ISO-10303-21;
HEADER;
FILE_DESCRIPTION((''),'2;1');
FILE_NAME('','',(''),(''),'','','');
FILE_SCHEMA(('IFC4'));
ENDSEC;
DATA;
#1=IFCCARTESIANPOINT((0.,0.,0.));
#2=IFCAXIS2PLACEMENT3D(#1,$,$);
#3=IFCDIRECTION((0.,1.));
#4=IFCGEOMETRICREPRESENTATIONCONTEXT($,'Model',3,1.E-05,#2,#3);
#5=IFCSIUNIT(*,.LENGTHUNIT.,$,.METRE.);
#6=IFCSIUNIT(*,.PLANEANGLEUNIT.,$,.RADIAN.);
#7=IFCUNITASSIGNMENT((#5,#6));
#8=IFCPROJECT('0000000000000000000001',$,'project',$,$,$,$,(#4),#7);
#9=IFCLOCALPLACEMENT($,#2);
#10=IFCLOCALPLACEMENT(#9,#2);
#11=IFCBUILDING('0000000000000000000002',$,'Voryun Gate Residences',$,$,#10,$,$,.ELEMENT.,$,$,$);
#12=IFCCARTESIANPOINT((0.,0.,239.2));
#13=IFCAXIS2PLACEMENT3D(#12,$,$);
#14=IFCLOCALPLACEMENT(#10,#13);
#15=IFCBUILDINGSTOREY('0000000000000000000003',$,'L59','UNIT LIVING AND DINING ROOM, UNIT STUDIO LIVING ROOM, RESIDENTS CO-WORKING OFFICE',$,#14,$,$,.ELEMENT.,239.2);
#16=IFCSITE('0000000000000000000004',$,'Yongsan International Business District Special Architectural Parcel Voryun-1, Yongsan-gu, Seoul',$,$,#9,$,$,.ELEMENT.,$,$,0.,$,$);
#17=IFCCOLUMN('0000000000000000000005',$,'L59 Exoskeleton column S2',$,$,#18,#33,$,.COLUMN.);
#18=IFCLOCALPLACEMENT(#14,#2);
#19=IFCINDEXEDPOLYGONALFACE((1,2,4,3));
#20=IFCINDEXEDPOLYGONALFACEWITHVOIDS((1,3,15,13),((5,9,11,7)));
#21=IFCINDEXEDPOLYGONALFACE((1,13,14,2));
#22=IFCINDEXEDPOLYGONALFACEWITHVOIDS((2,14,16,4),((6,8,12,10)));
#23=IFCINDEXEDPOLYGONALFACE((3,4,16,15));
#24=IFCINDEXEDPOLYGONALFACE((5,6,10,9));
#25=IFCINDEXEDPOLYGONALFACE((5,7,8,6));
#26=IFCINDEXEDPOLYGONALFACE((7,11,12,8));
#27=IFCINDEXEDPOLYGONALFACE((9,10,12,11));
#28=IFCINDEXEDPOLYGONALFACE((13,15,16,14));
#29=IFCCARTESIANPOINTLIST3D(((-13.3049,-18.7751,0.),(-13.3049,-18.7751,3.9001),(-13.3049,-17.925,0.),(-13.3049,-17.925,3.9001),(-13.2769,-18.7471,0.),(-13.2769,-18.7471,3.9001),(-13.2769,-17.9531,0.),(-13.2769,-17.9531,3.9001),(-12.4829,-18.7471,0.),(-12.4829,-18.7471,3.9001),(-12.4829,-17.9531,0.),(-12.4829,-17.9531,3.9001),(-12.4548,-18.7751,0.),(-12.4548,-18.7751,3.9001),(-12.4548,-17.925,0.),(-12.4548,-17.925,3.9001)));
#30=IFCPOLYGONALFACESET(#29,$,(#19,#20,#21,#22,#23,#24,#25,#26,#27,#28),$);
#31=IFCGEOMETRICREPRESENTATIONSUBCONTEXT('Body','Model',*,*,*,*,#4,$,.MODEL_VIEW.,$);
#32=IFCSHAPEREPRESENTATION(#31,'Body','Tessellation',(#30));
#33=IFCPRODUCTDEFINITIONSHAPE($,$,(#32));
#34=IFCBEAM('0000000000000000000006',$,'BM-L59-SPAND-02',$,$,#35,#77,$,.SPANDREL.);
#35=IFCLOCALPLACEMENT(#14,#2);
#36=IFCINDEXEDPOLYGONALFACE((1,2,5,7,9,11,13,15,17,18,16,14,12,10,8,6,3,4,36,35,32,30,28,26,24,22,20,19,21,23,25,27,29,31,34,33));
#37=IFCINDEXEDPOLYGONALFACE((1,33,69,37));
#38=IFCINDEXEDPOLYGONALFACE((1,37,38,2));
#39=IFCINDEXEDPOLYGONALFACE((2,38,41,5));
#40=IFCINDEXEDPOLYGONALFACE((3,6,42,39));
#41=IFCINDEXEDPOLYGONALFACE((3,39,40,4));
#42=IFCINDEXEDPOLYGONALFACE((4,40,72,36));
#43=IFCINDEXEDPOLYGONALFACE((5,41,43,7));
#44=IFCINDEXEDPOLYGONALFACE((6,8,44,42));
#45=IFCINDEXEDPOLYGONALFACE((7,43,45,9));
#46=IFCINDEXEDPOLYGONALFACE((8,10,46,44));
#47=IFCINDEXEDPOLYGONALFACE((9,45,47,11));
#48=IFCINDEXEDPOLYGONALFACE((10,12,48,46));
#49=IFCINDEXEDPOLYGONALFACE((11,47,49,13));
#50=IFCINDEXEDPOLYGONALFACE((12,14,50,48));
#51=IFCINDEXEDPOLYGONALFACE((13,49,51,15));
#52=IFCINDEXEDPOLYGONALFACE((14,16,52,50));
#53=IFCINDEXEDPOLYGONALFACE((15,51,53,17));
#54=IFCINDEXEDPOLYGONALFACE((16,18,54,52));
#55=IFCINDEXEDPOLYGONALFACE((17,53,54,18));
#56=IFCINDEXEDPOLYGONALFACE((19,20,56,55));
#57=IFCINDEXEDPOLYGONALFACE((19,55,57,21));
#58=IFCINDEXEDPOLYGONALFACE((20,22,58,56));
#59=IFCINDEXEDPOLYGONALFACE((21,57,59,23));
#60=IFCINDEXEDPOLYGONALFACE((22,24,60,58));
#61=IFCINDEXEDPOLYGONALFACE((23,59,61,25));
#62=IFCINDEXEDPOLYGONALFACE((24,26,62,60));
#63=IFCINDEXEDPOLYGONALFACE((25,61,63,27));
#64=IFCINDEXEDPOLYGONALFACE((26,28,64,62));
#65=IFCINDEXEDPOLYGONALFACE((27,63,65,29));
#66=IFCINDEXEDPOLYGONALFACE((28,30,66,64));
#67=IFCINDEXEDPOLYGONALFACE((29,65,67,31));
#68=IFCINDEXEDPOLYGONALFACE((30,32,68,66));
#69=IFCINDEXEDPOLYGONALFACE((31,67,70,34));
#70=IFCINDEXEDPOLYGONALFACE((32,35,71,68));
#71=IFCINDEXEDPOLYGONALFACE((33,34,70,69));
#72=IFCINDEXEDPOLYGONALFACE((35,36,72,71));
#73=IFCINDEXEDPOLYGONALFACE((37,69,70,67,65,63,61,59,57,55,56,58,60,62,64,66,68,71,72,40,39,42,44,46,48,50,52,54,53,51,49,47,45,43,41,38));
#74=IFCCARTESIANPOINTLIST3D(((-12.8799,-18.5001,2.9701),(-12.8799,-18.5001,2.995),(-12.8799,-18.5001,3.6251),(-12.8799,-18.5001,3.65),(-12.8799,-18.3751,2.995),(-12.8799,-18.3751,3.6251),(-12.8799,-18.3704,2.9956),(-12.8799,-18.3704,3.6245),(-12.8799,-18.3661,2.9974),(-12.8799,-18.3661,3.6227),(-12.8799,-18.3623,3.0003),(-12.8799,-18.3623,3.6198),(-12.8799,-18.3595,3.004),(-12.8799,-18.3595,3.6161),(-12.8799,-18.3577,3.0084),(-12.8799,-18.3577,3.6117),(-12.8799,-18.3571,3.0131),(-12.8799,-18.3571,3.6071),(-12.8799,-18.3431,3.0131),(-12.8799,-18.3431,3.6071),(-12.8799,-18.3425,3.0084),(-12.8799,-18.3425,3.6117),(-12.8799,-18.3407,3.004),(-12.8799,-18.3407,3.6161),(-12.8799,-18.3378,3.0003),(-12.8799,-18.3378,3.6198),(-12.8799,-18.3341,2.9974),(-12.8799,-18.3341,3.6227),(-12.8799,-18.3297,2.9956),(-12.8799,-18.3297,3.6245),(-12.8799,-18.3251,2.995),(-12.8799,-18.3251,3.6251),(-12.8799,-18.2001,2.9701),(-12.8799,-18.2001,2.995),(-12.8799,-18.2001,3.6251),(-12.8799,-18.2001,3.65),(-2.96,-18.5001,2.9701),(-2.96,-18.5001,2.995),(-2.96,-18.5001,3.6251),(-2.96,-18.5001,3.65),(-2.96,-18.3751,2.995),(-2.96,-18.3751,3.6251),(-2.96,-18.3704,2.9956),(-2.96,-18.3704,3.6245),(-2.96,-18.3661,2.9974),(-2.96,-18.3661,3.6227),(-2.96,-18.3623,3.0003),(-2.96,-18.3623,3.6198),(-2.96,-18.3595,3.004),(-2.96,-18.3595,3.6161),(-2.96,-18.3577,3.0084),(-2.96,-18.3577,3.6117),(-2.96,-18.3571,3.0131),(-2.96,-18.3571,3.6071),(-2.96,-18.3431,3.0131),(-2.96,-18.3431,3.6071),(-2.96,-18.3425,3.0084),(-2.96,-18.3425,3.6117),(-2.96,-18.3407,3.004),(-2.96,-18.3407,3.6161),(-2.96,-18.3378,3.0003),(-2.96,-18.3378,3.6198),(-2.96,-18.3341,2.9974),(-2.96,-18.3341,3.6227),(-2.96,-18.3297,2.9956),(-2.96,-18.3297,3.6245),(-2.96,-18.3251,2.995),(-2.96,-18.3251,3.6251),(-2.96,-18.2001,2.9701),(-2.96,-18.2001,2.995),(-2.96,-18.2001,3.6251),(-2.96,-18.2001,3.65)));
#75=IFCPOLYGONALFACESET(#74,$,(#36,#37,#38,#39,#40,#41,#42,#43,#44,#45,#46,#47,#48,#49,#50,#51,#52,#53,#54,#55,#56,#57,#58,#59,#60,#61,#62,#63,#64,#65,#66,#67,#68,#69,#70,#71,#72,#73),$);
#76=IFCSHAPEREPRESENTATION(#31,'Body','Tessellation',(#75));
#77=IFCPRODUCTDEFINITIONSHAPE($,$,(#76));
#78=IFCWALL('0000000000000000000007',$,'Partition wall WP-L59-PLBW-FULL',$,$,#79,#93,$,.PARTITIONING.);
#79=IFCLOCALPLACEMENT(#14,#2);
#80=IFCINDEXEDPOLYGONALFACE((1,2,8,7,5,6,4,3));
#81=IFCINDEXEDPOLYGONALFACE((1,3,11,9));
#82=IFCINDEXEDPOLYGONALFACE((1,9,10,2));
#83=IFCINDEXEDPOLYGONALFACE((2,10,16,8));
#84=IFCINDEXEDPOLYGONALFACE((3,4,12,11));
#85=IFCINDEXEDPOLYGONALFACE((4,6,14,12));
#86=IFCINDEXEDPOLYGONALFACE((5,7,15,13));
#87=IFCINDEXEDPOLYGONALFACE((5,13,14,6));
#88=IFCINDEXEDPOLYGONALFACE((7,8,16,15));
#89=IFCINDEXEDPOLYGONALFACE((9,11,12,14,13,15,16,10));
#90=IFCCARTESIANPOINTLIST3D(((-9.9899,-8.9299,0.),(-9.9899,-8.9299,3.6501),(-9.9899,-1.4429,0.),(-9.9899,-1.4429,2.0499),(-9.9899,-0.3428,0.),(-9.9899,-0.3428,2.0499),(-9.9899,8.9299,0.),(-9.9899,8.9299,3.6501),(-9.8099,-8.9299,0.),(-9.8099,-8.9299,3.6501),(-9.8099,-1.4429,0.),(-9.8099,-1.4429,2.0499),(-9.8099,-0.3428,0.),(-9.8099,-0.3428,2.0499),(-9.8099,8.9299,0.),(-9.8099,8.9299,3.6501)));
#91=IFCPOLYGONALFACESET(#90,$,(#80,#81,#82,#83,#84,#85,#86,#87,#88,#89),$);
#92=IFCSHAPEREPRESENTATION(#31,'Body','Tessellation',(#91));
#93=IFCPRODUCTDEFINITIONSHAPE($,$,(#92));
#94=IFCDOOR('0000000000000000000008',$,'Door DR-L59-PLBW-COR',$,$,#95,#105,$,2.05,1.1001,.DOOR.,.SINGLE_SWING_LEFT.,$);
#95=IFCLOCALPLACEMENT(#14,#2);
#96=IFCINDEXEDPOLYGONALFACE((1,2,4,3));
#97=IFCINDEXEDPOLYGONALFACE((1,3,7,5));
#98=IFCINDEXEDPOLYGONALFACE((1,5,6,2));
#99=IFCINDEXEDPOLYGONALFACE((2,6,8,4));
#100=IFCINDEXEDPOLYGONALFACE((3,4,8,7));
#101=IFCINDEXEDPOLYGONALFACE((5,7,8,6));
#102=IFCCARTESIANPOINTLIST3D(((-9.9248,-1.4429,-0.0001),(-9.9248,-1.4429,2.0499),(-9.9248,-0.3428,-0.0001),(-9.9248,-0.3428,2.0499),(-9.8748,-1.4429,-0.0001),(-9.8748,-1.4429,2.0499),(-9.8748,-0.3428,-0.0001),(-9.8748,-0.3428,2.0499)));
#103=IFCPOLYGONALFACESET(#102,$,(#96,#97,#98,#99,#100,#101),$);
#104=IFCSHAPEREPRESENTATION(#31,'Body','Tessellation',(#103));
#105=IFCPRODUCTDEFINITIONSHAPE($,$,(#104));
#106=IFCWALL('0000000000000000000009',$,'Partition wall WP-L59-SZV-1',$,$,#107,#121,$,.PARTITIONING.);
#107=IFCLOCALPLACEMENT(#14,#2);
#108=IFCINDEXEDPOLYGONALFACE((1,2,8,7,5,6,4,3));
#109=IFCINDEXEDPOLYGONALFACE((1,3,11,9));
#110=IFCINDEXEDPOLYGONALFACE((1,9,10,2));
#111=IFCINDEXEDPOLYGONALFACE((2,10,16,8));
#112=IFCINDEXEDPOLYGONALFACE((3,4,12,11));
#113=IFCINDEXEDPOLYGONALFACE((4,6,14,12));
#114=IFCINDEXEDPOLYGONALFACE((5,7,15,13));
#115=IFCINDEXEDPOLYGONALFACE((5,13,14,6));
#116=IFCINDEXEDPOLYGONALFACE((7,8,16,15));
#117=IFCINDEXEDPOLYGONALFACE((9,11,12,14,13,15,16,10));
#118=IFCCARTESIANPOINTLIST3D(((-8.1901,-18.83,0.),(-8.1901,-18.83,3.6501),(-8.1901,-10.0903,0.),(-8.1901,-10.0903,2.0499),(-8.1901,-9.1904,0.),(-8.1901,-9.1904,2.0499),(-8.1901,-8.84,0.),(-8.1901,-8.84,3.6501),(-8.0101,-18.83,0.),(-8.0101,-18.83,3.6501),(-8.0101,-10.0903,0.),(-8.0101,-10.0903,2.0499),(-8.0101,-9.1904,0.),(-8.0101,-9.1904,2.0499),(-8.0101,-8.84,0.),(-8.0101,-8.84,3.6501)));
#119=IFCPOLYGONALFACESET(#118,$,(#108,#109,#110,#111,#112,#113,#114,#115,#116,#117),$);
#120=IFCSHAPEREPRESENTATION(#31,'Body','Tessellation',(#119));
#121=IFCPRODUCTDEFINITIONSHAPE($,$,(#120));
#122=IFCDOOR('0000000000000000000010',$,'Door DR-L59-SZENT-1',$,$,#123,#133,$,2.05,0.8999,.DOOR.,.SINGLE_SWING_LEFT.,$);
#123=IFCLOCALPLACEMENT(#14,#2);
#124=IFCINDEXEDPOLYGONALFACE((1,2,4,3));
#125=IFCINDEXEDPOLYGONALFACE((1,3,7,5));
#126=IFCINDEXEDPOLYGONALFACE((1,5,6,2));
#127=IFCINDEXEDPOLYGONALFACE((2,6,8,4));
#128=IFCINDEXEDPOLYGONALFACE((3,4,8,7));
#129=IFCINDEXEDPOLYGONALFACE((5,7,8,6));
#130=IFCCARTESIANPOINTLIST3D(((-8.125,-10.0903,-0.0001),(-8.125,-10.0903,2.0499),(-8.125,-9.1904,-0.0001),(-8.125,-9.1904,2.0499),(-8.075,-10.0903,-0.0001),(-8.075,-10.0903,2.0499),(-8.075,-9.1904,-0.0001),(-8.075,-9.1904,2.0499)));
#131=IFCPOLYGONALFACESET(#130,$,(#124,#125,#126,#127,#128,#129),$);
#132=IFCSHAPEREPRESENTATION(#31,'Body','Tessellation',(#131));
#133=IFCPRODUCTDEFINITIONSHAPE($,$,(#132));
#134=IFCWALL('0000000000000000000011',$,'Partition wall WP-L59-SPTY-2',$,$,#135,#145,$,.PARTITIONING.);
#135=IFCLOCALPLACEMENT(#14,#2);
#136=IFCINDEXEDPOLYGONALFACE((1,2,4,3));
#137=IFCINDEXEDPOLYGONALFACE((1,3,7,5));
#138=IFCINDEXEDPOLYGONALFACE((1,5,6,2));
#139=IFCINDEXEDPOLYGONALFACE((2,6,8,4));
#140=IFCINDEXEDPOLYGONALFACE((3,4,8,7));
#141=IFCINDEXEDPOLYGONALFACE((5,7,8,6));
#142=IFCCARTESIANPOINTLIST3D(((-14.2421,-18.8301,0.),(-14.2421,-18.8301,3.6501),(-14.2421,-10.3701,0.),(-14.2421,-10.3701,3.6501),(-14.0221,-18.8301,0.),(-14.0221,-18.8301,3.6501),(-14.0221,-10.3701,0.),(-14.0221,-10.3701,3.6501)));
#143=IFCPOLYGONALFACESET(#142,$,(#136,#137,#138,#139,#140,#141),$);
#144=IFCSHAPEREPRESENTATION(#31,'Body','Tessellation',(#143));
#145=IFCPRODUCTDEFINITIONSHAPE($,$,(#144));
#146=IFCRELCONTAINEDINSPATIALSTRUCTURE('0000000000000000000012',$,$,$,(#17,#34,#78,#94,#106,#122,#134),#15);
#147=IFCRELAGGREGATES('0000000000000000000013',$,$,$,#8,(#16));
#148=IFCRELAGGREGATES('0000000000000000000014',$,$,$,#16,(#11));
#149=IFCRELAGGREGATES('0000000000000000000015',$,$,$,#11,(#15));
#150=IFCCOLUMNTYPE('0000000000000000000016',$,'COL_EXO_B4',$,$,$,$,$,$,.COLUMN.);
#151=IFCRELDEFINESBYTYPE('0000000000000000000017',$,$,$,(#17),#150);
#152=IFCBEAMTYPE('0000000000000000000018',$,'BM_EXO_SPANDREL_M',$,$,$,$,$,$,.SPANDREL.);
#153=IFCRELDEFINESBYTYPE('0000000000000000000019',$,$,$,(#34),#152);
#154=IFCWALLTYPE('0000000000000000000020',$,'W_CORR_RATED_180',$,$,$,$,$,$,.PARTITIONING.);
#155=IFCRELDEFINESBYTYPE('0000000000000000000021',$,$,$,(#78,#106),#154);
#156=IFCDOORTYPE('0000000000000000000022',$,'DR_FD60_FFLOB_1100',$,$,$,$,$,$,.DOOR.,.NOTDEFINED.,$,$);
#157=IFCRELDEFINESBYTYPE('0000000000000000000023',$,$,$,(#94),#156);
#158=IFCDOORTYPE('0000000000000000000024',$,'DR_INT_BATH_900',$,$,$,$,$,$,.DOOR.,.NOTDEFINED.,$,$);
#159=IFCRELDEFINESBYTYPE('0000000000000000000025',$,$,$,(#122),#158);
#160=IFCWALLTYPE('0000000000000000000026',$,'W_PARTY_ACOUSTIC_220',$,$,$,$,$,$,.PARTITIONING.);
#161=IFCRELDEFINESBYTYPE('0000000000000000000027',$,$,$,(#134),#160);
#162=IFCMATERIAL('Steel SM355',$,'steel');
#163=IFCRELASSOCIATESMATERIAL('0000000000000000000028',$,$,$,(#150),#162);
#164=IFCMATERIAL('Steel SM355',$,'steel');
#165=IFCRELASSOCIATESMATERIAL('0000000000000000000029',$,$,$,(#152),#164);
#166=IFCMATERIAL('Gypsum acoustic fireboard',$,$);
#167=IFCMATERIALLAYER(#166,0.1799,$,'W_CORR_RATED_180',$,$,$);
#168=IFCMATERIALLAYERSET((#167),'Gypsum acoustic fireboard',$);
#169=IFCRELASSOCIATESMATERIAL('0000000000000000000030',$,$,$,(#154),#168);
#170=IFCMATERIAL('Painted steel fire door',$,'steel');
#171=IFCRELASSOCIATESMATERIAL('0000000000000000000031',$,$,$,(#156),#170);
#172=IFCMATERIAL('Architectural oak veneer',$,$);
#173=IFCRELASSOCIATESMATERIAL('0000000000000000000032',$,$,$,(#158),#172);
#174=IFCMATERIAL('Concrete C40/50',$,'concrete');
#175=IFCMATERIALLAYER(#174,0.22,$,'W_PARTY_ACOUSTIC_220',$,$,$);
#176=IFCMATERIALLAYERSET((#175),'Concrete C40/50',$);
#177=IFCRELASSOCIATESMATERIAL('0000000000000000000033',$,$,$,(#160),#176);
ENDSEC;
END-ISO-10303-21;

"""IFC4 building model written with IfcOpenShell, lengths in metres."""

from ifc_helpers import new_model, si_unit, direction, frame, frame_2d, origin, origin_2d, place, context, subcontext, project, spatial, rectangle, hollow_rectangle, i_section, extrude, material, layer, layer_set, material_profile, profile_set, type_object, element, fill, save


model = new_model("IFC4")

# Units and contexts
model_context = context("Model", 3, precision=1e-05, world=origin(), true_north=direction((0.0, 1.0)))
body_context = subcontext(model_context, "Body", "Model", "MODEL_VIEW")
ifc_project = project(units=[si_unit("LENGTHUNIT", "METRE"), si_unit("PLANEANGLEUNIT", "RADIAN")], contexts=[model_context])

# Site, building, storey
site_placement = place(None, origin())
site = spatial("IfcSite", under=ifc_project, at=site_placement, Name="Yongsan International Business District Special Architectural Parcel Voryun-1, Yongsan-gu, Seoul", CompositionType="ELEMENT", RefElevation=0.0)
building_placement = place(site_placement, origin())
building = spatial("IfcBuilding", under=site, at=building_placement, Name="Voryun Gate Residences", CompositionType="ELEMENT")
storey_placement = place(building_placement, frame((0.0, 0.0, 239.2)))
storey = spatial("IfcBuildingStorey", under=building, at=storey_placement, Name="L59", Description="UNIT LIVING AND DINING ROOM, UNIT STUDIO LIVING ROOM, RESIDENTS CO-WORKING OFFICE", CompositionType="ELEMENT", Elevation=239.2)

# Column
ifc_material_1 = material(Name="Steel SM355", Category="steel")
ifc_material_profile_1 = material_profile(ifc_material_1, hollow_rectangle(XDim=0.8501, YDim=0.8501, WallThickness=0.0281, at=origin_2d()), Name="BOX-850x850x28")
ifc_profile_set_1 = profile_set([ifc_material_profile_1], Name="Steel SM355")
column_type = type_object("IfcColumnType", Name="COL_EXO_B4", PredefinedType="COLUMN", material=ifc_profile_set_1)
column_placement = place(storey_placement, frame((-12.8799, -18.3501, 0.0), z_axis=(0.0, 0.0, 1.0), x_axis=(1.0, 0.0, 0.0)))
element("IfcColumn", 1, at=column_placement, inside=storey, type_object=column_type, Name="L59 Exoskeleton column S2", PredefinedType="COLUMN", context=body_context, shape_type="SweptSolid", body=[
    extrude(hollow_rectangle(XDim=0.8501, YDim=0.8501, WallThickness=0.0281, at=origin_2d()), origin(), (0.0, 0.0, 1.0), 3.9001),
])

# Beam
ifc_material_2 = material(Name="Steel SM355", Category="steel")
ifc_material_profile_2 = material_profile(ifc_material_2, i_section(OverallWidth=0.3, OverallDepth=0.6799, WebThickness=0.0139, FlangeThickness=0.0249, FilletRadius=0.0181, at=origin_2d()), Name="H-680x300x14x25")
ifc_profile_set_2 = profile_set([ifc_material_profile_2], Name="Steel SM355")
beam_type = type_object("IfcBeamType", Name="BM_EXO_SPANDREL_M", PredefinedType="SPANDREL", material=ifc_profile_set_2)
beam_placement = place(storey_placement, frame((-12.8799, -18.3501, 3.3101), z_axis=(1.0, 0.0, 0.0), x_axis=(0.0, 1.0, 0.0)))
element("IfcBeam", 2, at=beam_placement, inside=storey, type_object=beam_type, Name="BM-L59-SPAND-02", PredefinedType="SPANDREL", context=body_context, shape_type="SweptSolid", body=[
    extrude(i_section(OverallWidth=0.3, OverallDepth=0.6799, WebThickness=0.0139, FlangeThickness=0.0249, FilletRadius=0.0181, at=origin_2d()), origin(), (0.0, 0.0, 1.0), 9.9199),
])

# Walls, openings, doors
ifc_material_3 = material(Name="Gypsum acoustic fireboard")
ifc_layer_1 = layer(ifc_material_3, 0.1799, Name="W_CORR_RATED_180")
ifc_layer_set_1 = layer_set([ifc_layer_1], Name="Gypsum acoustic fireboard")
wall_type_1 = type_object("IfcWallType", Name="W_CORR_RATED_180", PredefinedType="PARTITIONING", material=ifc_layer_set_1)
wall_1_placement = place(storey_placement, frame((-9.8999, -8.9299, 0.0), z_axis=(0.0, 0.0, 1.0), x_axis=(0.0, 1.0, 0.0)))
wall_1 = element("IfcWall", 3, at=wall_1_placement, inside=storey, type_object=wall_type_1, Name="Partition wall WP-L59-PLBW-FULL", PredefinedType="PARTITIONING", context=body_context, shape_type="SweptSolid", body=[
    extrude(rectangle(XDim=17.8599, YDim=0.1799, at=frame_2d((8.9299, 0.0))), origin(), (0.0, 0.0, 1.0), 3.6501),
])
opening_1_placement = place(wall_1_placement, frame((7.4871, 0.0, 0.0)))
opening_1 = element("IfcOpeningElement", 4, at=opening_1_placement, cuts=wall_1, PredefinedType="OPENING", context=body_context, shape_type="SweptSolid", body=[
    extrude(rectangle(XDim=1.1001, YDim=2.05, at=frame_2d((0.55, 1.0249))), frame((0.0, 0.0999, 0.0), z_axis=(0.0, -1.0, 0.0), x_axis=(1.0, 0.0, 0.0)), (0.0, 0.0, 1.0), 0.2),
])
ifc_material_4 = material(Name="Painted steel fire door", Category="steel")
door_type_1 = type_object("IfcDoorType", Name="DR_FD60_FFLOB_1100", OperationType="NOTDEFINED", PredefinedType="DOOR", material=ifc_material_4)
door_1_placement = place(opening_1_placement, origin())
door_1 = element("IfcDoor", 5, at=door_1_placement, inside=storey, type_object=door_type_1, Name="Door DR-L59-PLBW-COR", OperationType="SINGLE_SWING_LEFT", OverallHeight=2.05, OverallWidth=1.1001, PredefinedType="DOOR", context=body_context, shape_type="SweptSolid", body=[
    extrude(rectangle(XDim=1.1001, YDim=2.05, at=frame_2d((0.55, 1.0249))), frame((0.0, 0.0249, 0.0), z_axis=(0.0, -1.0, 0.0), x_axis=(1.0, 0.0, 0.0)), (0.0, 0.0, 1.0), 0.05),
])
fill(opening_1, door_1)
wall_2_placement = place(storey_placement, frame((-8.1001, -18.8301, 0.0), z_axis=(0.0, 0.0, 1.0), x_axis=(0.0, 1.0, 0.0)))
wall_2 = element("IfcWall", 6, at=wall_2_placement, inside=storey, type_object=wall_type_1, Name="Partition wall WP-L59-SZV-1", PredefinedType="PARTITIONING", context=body_context, shape_type="SweptSolid", body=[
    extrude(rectangle(XDim=9.99, YDim=0.1799, at=frame_2d((4.9951, 0.0))), origin(), (0.0, 0.0, 1.0), 3.6501),
])
opening_2_placement = place(wall_2_placement, frame((8.7397, 0.0, 0.0)))
opening_2 = element("IfcOpeningElement", 7, at=opening_2_placement, cuts=wall_2, PredefinedType="OPENING", context=body_context, shape_type="SweptSolid", body=[
    extrude(rectangle(XDim=0.8999, YDim=2.05, at=frame_2d((0.45, 1.0249))), frame((0.0, 0.0999, 0.0), z_axis=(0.0, -1.0, 0.0), x_axis=(1.0, 0.0, 0.0)), (0.0, 0.0, 1.0), 0.2),
])
ifc_material_5 = material(Name="Architectural oak veneer")
door_type_2 = type_object("IfcDoorType", Name="DR_INT_BATH_900", OperationType="NOTDEFINED", PredefinedType="DOOR", material=ifc_material_5)
door_2_placement = place(opening_2_placement, origin())
door_2 = element("IfcDoor", 8, at=door_2_placement, inside=storey, type_object=door_type_2, Name="Door DR-L59-SZENT-1", OperationType="SINGLE_SWING_LEFT", OverallHeight=2.05, OverallWidth=0.8999, PredefinedType="DOOR", context=body_context, shape_type="SweptSolid", body=[
    extrude(rectangle(XDim=0.8999, YDim=2.05, at=frame_2d((0.45, 1.0249))), frame((0.0, 0.0249, 0.0), z_axis=(0.0, -1.0, 0.0), x_axis=(1.0, 0.0, 0.0)), (0.0, 0.0, 1.0), 0.05),
])
fill(opening_2, door_2)

# Wall
ifc_material_6 = material(Name="Concrete C40/50", Category="concrete")
ifc_layer_2 = layer(ifc_material_6, 0.22, Name="W_PARTY_ACOUSTIC_220")
ifc_layer_set_2 = layer_set([ifc_layer_2], Name="Concrete C40/50")
wall_type_2 = type_object("IfcWallType", Name="W_PARTY_ACOUSTIC_220", PredefinedType="PARTITIONING", material=ifc_layer_set_2)
wall_3_placement = place(storey_placement, frame((-14.1321, -18.8301, 0.0), z_axis=(0.0, 0.0, 1.0), x_axis=(0.0, 1.0, 0.0)))
element("IfcWall", 9, at=wall_3_placement, inside=storey, type_object=wall_type_2, Name="Partition wall WP-L59-SPTY-2", PredefinedType="PARTITIONING", context=body_context, shape_type="SweptSolid", body=[
    extrude(rectangle(XDim=8.46, YDim=0.22, at=frame_2d((4.23, 0.0))), origin(), (0.0, 0.0, 1.0), 3.6501),
])

save(model, "model.ifc")
